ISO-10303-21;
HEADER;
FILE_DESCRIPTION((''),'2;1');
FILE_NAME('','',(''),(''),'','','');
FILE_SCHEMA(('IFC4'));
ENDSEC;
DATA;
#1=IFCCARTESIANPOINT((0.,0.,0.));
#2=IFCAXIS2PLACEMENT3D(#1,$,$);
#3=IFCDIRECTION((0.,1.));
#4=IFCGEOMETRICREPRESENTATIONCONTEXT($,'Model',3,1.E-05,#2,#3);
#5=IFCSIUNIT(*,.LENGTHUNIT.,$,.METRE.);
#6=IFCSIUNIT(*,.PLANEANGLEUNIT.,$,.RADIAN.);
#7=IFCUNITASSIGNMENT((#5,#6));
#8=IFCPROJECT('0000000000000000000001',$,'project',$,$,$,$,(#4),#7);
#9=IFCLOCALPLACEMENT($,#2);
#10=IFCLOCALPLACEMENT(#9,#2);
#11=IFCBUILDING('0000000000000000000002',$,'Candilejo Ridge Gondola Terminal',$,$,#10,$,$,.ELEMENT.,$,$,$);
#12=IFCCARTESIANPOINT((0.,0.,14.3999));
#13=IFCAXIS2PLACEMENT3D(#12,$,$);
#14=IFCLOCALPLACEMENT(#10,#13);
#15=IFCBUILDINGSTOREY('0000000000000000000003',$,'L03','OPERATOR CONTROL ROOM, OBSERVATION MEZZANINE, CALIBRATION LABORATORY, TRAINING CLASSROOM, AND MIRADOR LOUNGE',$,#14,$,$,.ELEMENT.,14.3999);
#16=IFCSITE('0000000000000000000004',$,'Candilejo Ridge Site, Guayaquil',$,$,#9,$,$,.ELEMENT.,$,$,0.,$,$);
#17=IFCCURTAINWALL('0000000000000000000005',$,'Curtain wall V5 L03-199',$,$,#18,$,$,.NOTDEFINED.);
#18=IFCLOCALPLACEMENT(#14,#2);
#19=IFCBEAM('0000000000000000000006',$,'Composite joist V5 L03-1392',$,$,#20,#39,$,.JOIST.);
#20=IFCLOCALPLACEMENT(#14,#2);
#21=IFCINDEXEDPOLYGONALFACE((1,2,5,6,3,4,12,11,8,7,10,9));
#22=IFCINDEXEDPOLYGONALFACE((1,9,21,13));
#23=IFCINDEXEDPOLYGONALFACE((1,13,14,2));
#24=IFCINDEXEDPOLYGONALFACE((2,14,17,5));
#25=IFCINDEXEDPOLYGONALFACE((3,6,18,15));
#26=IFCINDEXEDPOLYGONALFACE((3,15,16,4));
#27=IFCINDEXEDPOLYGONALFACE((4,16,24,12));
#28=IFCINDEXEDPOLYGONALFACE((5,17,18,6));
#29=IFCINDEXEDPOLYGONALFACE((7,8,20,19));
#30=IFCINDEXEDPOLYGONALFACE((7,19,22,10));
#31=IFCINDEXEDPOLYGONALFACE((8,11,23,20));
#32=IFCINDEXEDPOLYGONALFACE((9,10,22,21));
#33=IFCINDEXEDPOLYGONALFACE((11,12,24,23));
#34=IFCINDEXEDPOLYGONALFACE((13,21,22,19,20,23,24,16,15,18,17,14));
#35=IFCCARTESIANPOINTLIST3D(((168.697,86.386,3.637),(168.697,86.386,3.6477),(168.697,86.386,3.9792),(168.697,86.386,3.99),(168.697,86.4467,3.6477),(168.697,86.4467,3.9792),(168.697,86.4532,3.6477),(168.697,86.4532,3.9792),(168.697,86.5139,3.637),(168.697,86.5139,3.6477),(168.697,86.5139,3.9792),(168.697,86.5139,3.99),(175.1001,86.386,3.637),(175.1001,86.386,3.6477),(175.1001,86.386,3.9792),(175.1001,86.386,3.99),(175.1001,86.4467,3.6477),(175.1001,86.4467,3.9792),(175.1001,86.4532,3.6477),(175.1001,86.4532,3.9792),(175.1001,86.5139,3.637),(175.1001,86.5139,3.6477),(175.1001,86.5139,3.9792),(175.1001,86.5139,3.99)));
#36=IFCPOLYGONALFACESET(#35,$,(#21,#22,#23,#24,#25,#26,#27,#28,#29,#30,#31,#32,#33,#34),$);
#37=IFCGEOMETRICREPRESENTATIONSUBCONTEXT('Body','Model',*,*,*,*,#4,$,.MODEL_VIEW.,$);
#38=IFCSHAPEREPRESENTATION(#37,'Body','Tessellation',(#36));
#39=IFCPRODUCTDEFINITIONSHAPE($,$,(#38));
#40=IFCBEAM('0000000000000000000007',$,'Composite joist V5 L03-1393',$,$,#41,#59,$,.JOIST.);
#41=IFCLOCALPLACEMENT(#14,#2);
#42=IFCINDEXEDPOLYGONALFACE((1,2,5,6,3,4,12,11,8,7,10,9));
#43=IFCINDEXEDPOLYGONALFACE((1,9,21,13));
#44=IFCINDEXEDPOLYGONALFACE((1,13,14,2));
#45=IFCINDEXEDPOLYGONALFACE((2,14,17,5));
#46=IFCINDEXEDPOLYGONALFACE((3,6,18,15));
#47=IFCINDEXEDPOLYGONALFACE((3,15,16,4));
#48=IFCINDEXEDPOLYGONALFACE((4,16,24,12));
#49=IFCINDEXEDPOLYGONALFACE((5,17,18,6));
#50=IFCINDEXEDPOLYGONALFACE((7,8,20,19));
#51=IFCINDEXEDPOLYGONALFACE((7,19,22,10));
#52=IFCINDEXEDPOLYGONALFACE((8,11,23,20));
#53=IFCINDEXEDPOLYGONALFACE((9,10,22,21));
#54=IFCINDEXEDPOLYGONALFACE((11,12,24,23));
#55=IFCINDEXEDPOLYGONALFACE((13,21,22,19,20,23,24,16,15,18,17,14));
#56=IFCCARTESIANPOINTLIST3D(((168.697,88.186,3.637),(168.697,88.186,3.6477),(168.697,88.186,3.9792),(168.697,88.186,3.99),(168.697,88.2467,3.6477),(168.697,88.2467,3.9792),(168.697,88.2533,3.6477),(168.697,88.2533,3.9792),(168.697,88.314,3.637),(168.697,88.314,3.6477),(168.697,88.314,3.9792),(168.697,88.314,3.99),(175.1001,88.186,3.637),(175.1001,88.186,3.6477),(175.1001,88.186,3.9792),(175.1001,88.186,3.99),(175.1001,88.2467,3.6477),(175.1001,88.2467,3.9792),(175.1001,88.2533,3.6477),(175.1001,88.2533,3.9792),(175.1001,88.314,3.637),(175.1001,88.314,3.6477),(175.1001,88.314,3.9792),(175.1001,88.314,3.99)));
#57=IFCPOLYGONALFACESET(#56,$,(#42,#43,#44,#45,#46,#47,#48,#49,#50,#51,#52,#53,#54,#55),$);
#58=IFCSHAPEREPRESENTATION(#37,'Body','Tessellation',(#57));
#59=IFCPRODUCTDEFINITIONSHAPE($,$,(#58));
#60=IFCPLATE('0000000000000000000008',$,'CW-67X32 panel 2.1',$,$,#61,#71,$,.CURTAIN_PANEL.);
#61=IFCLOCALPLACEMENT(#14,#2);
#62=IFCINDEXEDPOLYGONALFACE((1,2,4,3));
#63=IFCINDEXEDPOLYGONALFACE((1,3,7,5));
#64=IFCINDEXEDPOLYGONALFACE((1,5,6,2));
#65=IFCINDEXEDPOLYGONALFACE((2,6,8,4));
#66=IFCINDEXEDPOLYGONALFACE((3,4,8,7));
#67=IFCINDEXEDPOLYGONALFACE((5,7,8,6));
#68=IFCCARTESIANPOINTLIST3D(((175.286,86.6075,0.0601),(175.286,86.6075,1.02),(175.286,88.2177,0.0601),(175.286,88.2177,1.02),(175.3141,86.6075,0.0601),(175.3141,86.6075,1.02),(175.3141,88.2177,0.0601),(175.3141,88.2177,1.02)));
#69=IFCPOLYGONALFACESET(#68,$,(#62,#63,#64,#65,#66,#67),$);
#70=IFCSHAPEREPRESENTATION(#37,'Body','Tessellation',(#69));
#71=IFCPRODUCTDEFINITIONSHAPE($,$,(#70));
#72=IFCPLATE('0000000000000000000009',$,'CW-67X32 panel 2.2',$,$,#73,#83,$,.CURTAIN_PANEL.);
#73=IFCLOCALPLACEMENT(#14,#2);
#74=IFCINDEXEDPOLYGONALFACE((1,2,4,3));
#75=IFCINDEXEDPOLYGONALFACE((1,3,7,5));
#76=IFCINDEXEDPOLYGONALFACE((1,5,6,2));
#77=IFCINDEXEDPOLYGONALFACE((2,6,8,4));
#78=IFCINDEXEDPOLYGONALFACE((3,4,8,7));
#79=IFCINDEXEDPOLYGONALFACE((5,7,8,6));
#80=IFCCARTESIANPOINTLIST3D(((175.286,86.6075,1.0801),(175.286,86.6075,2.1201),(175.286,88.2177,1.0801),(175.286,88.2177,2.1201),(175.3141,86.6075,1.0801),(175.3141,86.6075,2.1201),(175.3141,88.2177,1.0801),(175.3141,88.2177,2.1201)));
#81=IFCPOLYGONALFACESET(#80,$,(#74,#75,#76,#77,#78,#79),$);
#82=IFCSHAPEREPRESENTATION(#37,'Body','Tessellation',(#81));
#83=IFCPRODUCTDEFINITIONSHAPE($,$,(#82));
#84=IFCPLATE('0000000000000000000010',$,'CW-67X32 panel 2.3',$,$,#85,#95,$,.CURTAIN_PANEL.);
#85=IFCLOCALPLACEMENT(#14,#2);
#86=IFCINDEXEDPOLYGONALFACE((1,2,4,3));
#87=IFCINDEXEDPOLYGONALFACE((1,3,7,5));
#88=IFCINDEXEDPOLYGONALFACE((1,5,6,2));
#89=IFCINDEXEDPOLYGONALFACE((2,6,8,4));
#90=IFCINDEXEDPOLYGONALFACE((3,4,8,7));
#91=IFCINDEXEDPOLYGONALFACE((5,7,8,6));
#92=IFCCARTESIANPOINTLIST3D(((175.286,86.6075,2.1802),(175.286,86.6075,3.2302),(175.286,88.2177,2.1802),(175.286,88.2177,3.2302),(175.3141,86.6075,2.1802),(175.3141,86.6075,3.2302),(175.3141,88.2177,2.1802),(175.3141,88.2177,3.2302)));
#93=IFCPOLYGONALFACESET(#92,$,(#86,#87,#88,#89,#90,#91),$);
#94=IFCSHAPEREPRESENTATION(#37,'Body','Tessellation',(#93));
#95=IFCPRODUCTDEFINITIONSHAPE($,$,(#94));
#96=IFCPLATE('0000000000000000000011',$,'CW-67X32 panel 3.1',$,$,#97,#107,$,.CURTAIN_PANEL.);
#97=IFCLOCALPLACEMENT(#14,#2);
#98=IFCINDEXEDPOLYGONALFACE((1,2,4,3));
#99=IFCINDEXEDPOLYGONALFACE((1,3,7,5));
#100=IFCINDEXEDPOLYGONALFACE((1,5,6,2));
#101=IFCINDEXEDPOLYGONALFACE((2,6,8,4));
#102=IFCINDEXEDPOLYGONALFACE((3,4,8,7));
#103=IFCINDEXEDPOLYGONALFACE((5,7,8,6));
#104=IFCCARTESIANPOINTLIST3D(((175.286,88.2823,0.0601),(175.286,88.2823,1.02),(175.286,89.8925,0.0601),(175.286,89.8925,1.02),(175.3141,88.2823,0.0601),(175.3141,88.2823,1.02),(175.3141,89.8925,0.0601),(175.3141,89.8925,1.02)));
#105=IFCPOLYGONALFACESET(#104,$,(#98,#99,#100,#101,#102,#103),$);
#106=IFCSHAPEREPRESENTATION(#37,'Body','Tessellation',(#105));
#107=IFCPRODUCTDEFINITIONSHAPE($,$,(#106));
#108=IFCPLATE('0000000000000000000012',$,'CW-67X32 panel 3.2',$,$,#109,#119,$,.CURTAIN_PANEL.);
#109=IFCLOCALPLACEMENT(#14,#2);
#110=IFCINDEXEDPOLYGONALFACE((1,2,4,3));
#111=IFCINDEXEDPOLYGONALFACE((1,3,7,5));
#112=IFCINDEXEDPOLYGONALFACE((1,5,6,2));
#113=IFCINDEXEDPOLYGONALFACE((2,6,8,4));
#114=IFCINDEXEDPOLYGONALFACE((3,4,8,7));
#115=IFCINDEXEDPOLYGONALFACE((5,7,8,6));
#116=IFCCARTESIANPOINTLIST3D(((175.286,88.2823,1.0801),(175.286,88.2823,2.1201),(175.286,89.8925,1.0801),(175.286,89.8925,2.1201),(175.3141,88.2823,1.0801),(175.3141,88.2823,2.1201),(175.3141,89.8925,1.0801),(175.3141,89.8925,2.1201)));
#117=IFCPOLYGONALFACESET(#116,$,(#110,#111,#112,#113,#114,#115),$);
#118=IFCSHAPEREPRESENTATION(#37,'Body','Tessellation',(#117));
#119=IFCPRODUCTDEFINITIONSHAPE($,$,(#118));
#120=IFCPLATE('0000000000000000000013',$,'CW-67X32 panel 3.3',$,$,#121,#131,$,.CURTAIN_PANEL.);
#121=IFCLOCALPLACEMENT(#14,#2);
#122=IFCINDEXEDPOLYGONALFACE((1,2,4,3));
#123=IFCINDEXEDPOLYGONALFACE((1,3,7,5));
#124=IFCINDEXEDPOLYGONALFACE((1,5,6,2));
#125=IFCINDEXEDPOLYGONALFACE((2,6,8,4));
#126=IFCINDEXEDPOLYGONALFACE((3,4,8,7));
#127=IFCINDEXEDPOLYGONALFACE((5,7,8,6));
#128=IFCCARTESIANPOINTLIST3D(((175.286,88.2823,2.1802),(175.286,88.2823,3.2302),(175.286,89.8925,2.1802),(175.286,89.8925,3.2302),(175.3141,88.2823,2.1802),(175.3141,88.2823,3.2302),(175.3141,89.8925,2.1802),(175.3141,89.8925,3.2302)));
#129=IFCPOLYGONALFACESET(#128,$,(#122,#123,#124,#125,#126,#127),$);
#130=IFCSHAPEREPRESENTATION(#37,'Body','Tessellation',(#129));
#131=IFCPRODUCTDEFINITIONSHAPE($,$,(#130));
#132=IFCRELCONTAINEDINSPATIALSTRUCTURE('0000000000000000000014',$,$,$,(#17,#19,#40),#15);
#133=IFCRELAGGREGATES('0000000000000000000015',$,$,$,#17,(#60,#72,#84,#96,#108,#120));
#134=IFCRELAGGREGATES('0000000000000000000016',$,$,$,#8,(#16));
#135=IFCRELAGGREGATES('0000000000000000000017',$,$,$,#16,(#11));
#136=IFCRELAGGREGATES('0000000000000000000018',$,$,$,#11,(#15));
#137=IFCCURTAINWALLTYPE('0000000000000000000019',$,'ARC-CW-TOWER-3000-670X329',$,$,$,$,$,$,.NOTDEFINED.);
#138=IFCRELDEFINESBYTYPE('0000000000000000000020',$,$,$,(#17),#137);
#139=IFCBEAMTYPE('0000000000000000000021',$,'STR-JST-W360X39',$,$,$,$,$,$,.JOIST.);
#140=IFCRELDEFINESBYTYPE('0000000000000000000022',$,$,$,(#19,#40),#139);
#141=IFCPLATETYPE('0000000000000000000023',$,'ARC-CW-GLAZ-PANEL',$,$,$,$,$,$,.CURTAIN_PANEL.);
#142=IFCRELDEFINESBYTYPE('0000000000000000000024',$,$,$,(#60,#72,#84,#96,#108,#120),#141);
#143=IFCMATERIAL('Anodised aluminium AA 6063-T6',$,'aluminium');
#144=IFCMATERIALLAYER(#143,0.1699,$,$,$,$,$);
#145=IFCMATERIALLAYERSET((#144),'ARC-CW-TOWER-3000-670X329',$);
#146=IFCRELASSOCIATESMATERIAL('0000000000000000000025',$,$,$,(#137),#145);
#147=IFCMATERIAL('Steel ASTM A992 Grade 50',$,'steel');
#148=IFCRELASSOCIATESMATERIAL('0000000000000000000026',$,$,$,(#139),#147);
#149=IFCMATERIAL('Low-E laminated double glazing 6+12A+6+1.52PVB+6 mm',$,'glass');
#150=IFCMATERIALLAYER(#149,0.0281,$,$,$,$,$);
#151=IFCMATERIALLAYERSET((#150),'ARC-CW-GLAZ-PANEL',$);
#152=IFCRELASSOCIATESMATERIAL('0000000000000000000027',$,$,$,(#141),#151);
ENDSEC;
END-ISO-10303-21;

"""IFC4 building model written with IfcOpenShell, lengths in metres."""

from ifc_helpers import new_model, si_unit, direction, frame, origin, origin_2d, place, context, subcontext, project, spatial, rectangle, i_section, extrude, material, layer, layer_set, material_profile, profile_set, type_object, element, aggregate, save


model = new_model("IFC4")

# Units and contexts
model_context = context("Model", 3, precision=1e-05, world=origin(), true_north=direction((0.0, 1.0)))
body_context = subcontext(model_context, "Body", "Model", "MODEL_VIEW")
ifc_project = project(units=[si_unit("LENGTHUNIT", "METRE"), si_unit("PLANEANGLEUNIT", "RADIAN")], contexts=[model_context])

# Site, building, storey
site_placement = place(None, origin())
site = spatial("IfcSite", under=ifc_project, at=site_placement, Name="Candilejo Ridge Site, Guayaquil", CompositionType="ELEMENT", RefElevation=0.0)
building_placement = place(site_placement, origin())
building = spatial("IfcBuilding", under=site, at=building_placement, Name="Candilejo Ridge Gondola Terminal", CompositionType="ELEMENT")
storey_placement = place(building_placement, frame((0.0, 0.0, 14.3999)))
storey = spatial("IfcBuildingStorey", under=building, at=storey_placement, Name="L03", Description="OPERATOR CONTROL ROOM, OBSERVATION MEZZANINE, CALIBRATION LABORATORY, TRAINING CLASSROOM, AND MIRADOR LOUNGE", CompositionType="ELEMENT", Elevation=14.3999)

# Curtain wall
ifc_material_1 = material(Name="Anodised aluminium AA 6063-T6", Category="aluminium")
ifc_layer_1 = layer(ifc_material_1, 0.1699)
ifc_layer_set_1 = layer_set([ifc_layer_1], Name="ARC-CW-TOWER-3000-670X329")
curtain_wall_type = type_object("IfcCurtainWallType", Name="ARC-CW-TOWER-3000-670X329", PredefinedType="NOTDEFINED", material=ifc_layer_set_1)
curtain_wall_placement = place(storey_placement, origin())
curtain_wall = element("IfcCurtainWall", 1, at=curtain_wall_placement, inside=storey, type_object=curtain_wall_type, Name="Curtain wall V5 L03-199", PredefinedType="NOTDEFINED")

# Beams
ifc_material_2 = material(Name="Steel ASTM A992 Grade 50", Category="steel")
ifc_material_profile_1 = material_profile(ifc_material_2, i_section(OverallWidth=0.1279, OverallDepth=0.353, WebThickness=0.0066, FlangeThickness=0.0107, at=origin_2d()))
ifc_profile_set_1 = profile_set([ifc_material_profile_1], Name="Steel ASTM A992 Grade 50")
beam_type = type_object("IfcBeamType", Name="STR-JST-W360X39", PredefinedType="JOIST", material=ifc_profile_set_1)
for number, where, z_axis, x_axis, name in (
    (2, (168.697, 86.45, 3.8135), (1.0, 0.0, 0.0), (0.0, 1.0, 0.0), "Composite joist V5 L03-1392"),
    (3, (168.697, 88.25, 3.8135), (1.0, 0.0, 0.0), (0.0, 1.0, 0.0), "Composite joist V5 L03-1393"),
):
    element("IfcBeam", number, at=place(storey_placement, frame(where, z_axis=z_axis, x_axis=x_axis)), inside=storey, type_object=beam_type, Name=name, PredefinedType="JOIST", context=body_context, shape_type="SweptSolid", body=[
        extrude(i_section(OverallWidth=0.1279, OverallDepth=0.353, WebThickness=0.0066, FlangeThickness=0.0107, at=origin_2d()), origin(), (0.0, 0.0, 1.0), 6.4031),
    ])

# Plates
ifc_material_3 = material(Name="Low-E laminated double glazing 6+12A+6+1.52PVB+6 mm", Category="glass")
ifc_layer_2 = layer(ifc_material_3, 0.0281)
ifc_layer_set_2 = layer_set([ifc_layer_2], Name="ARC-CW-GLAZ-PANEL")
plate_type = type_object("IfcPlateType", Name="ARC-CW-GLAZ-PANEL", PredefinedType="CURTAIN_PANEL", material=ifc_layer_set_2)
plate_1_placement = place(storey_placement, frame((175.3, 87.4126, 0.0601), z_axis=(0.0, 0.0, 1.0), x_axis=(0.0, 1.0, 0.0)))
plate_1 = element("IfcPlate", 4, at=plate_1_placement, type_object=plate_type, Name="CW-67X32 panel 2.1", PredefinedType="CURTAIN_PANEL", context=body_context, shape_type="SweptSolid", body=[
    extrude(rectangle(XDim=1.6101, YDim=0.0281, at=origin_2d()), origin(), (0.0, 0.0, 1.0), 0.96),
])
plate_2_placement = place(storey_placement, frame((175.3, 87.4126, 1.0801), z_axis=(0.0, 0.0, 1.0), x_axis=(0.0, 1.0, 0.0)))
plate_2 = element("IfcPlate", 5, at=plate_2_placement, type_object=plate_type, Name="CW-67X32 panel 2.2", PredefinedType="CURTAIN_PANEL", context=body_context, shape_type="SweptSolid", body=[
    extrude(rectangle(XDim=1.6101, YDim=0.0281, at=origin_2d()), origin(), (0.0, 0.0, 1.0), 1.04),
])
plate_3_placement = place(storey_placement, frame((175.3, 87.4126, 2.1802), z_axis=(0.0, 0.0, 1.0), x_axis=(0.0, 1.0, 0.0)))
plate_3 = element("IfcPlate", 6, at=plate_3_placement, type_object=plate_type, Name="CW-67X32 panel 2.3", PredefinedType="CURTAIN_PANEL", context=body_context, shape_type="SweptSolid", body=[
    extrude(rectangle(XDim=1.6101, YDim=0.0281, at=origin_2d()), origin(), (0.0, 0.0, 1.0), 1.05),
])
plate_4_placement = place(storey_placement, frame((175.3, 89.0874, 0.0601), z_axis=(0.0, 0.0, 1.0), x_axis=(0.0, 1.0, 0.0)))
plate_4 = element("IfcPlate", 7, at=plate_4_placement, type_object=plate_type, Name="CW-67X32 panel 3.1", PredefinedType="CURTAIN_PANEL", context=body_context, shape_type="SweptSolid", body=[
    extrude(rectangle(XDim=1.6101, YDim=0.0281, at=origin_2d()), origin(), (0.0, 0.0, 1.0), 0.96),
])
plate_5_placement = place(storey_placement, frame((175.3, 89.0874, 1.0801), z_axis=(0.0, 0.0, 1.0), x_axis=(0.0, 1.0, 0.0)))
plate_5 = element("IfcPlate", 8, at=plate_5_placement, type_object=plate_type, Name="CW-67X32 panel 3.2", PredefinedType="CURTAIN_PANEL", context=body_context, shape_type="SweptSolid", body=[
    extrude(rectangle(XDim=1.6101, YDim=0.0281, at=origin_2d()), origin(), (0.0, 0.0, 1.0), 1.04),
])
plate_6_placement = place(storey_placement, frame((175.3, 89.0874, 2.1802), z_axis=(0.0, 0.0, 1.0), x_axis=(0.0, 1.0, 0.0)))
plate_6 = element("IfcPlate", 9, at=plate_6_placement, type_object=plate_type, Name="CW-67X32 panel 3.3", PredefinedType="CURTAIN_PANEL", context=body_context, shape_type="SweptSolid", body=[
    extrude(rectangle(XDim=1.6101, YDim=0.0281, at=origin_2d()), origin(), (0.0, 0.0, 1.0), 1.05),
])
aggregate(curtain_wall, [plate_1, plate_2, plate_3, plate_4, plate_5, plate_6])

save(model, "model.ifc")
